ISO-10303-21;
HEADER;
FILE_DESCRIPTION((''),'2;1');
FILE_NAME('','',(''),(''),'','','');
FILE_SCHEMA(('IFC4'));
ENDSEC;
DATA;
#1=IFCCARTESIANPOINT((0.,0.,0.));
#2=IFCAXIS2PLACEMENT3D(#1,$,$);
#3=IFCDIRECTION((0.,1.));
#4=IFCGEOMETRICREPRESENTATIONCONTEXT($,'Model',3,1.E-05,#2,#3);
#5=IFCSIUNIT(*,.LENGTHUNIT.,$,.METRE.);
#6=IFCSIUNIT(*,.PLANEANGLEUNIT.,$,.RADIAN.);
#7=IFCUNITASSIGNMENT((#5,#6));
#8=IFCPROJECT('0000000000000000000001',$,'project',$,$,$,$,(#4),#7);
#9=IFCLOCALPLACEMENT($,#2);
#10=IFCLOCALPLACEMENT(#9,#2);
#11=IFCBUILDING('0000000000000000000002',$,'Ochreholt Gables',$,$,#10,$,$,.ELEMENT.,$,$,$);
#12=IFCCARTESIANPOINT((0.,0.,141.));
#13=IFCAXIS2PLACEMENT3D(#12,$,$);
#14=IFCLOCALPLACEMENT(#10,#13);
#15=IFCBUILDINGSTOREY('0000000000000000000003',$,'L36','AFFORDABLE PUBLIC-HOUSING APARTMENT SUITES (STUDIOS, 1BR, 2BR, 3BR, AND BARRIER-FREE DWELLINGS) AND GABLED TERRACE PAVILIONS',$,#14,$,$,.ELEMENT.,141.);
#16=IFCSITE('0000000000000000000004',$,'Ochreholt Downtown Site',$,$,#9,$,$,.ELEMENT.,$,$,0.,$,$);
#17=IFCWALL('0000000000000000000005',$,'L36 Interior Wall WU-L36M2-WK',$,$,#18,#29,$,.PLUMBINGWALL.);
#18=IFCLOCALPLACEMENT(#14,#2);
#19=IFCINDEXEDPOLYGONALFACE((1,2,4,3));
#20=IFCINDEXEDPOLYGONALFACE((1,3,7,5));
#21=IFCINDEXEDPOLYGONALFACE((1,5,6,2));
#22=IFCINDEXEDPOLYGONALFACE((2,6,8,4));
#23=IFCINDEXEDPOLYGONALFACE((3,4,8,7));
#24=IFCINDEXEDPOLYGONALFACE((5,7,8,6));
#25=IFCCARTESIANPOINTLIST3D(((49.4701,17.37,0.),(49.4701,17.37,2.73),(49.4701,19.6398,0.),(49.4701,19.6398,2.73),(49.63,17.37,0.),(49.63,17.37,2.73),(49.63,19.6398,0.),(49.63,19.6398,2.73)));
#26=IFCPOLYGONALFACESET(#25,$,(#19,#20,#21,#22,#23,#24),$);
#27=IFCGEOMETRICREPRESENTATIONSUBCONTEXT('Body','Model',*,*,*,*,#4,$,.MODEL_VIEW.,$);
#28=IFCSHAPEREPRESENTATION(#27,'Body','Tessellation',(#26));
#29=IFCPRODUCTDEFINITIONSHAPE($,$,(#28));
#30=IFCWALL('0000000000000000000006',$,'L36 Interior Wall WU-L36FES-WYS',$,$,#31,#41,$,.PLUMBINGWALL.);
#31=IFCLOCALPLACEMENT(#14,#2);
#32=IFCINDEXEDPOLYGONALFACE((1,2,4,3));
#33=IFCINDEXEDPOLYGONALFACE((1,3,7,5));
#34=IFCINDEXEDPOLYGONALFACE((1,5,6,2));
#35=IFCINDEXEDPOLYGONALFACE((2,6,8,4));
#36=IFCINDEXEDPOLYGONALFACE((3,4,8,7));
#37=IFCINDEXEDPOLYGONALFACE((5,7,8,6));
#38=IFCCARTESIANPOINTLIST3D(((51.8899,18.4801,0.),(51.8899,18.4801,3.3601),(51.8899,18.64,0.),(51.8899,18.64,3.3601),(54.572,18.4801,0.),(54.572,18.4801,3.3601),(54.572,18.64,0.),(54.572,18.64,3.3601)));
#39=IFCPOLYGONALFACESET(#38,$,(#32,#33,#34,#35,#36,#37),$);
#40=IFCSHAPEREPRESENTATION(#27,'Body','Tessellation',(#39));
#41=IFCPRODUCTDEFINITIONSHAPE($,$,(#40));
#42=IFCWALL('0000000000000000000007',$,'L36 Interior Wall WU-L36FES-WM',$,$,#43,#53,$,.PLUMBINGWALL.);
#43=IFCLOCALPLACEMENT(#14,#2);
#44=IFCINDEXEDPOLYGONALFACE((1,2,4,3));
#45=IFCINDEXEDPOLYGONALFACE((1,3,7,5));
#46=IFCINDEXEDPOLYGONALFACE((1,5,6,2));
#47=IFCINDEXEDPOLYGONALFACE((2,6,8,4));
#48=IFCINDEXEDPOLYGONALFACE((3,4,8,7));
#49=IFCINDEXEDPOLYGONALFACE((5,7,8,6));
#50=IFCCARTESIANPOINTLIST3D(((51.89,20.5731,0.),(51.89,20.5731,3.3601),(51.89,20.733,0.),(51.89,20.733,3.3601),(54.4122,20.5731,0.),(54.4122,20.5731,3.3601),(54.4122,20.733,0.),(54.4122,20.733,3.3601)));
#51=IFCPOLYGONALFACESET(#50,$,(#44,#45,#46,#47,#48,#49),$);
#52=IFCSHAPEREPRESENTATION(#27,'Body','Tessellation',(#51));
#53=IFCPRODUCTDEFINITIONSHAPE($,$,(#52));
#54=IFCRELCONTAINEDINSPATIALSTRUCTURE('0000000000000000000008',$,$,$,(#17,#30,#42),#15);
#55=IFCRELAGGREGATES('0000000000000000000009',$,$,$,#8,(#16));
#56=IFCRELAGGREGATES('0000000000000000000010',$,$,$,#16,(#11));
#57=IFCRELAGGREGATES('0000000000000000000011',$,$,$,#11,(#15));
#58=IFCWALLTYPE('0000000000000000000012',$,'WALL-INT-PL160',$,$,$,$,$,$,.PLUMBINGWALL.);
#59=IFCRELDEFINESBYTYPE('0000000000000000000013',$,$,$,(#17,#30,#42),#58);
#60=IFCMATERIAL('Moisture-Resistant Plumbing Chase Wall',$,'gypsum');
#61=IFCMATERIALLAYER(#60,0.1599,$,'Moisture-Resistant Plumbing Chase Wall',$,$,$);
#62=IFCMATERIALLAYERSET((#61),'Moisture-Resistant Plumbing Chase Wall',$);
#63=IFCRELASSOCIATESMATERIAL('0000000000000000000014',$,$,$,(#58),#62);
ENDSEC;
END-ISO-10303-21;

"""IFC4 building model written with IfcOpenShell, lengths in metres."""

from ifc_helpers import new_model, si_unit, direction, frame, frame_2d, origin, place, context, subcontext, project, spatial, rectangle, extrude, material, layer, layer_set, type_object, element, save


model = new_model("IFC4")

# Units and contexts
model_context = context("Model", 3, precision=1e-05, world=origin(), true_north=direction((0.0, 1.0)))
body_context = subcontext(model_context, "Body", "Model", "MODEL_VIEW")
ifc_project = project(units=[si_unit("LENGTHUNIT", "METRE"), si_unit("PLANEANGLEUNIT", "RADIAN")], contexts=[model_context])

# Site, building, storey
site_placement = place(None, origin())
site = spatial("IfcSite", under=ifc_project, at=site_placement, Name="Ochreholt Downtown Site", CompositionType="ELEMENT", RefElevation=0.0)
building_placement = place(site_placement, origin())
building = spatial("IfcBuilding", under=site, at=building_placement, Name="Ochreholt Gables", CompositionType="ELEMENT")
storey_placement = place(building_placement, frame((0.0, 0.0, 141.0)))
storey = spatial("IfcBuildingStorey", under=building, at=storey_placement, Name="L36", Description="AFFORDABLE PUBLIC-HOUSING APARTMENT SUITES (STUDIOS, 1BR, 2BR, 3BR, AND BARRIER-FREE DWELLINGS) AND GABLED TERRACE PAVILIONS", CompositionType="ELEMENT", Elevation=141.0)

# Shared definitions
ifc_material_1 = material(Name="Moisture-Resistant Plumbing Chase Wall", Category="gypsum")
ifc_layer_1 = layer(ifc_material_1, 0.1599, Name="Moisture-Resistant Plumbing Chase Wall")
ifc_layer_set_1 = layer_set([ifc_layer_1], Name="Moisture-Resistant Plumbing Chase Wall")
wall_type_1 = type_object("IfcWallType", Name="WALL-INT-PL160", PredefinedType="PLUMBINGWALL", material=ifc_layer_set_1)

# Walls
wall_1_placement = place(storey_placement, frame((49.55, 17.3701, 0.0), z_axis=(0.0, 0.0, 1.0), x_axis=(0.0, 1.0, 0.0)))
element("IfcWall", 1, at=wall_1_placement, inside=storey, type_object=wall_type_1, Name="L36 Interior Wall WU-L36M2-WK", PredefinedType="PLUMBINGWALL", context=body_context, shape_type="SweptSolid", body=[
    extrude(rectangle(XDim=2.2698, YDim=0.1599, at=frame_2d((1.1348, 0.0))), origin(), (0.0, 0.0, 1.0), 2.73),
])
wall_2_placement = place(storey_placement, frame((51.8899, 18.5601, 0.0), z_axis=(0.0, 0.0, 1.0), x_axis=(1.0, 0.0, 0.0)))
element("IfcWall", 2, at=wall_2_placement, inside=storey, type_object=wall_type_1, Name="L36 Interior Wall WU-L36FES-WYS", PredefinedType="PLUMBINGWALL", context=body_context, shape_type="SweptSolid", body=[
    extrude(rectangle(XDim=2.6821, YDim=0.1599, at=frame_2d((1.3411, 0.0))), origin(), (0.0, 0.0, 1.0), 3.3601),
])

# Wall
wall_3_placement = place(storey_placement, frame((51.8899, 20.6531, 0.0), z_axis=(0.0, 0.0, 1.0), x_axis=(1.0, 0.0, 0.0)))
element("IfcWall", 3, at=wall_3_placement, inside=storey, type_object=wall_type_1, Name="L36 Interior Wall WU-L36FES-WM", PredefinedType="PLUMBINGWALL", context=body_context, shape_type="SweptSolid", body=[
    extrude(rectangle(XDim=2.5222, YDim=0.1599, at=frame_2d((1.2612, 0.0))), origin(), (0.0, 0.0, 1.0), 3.3601),
])

save(model, "model.ifc")
